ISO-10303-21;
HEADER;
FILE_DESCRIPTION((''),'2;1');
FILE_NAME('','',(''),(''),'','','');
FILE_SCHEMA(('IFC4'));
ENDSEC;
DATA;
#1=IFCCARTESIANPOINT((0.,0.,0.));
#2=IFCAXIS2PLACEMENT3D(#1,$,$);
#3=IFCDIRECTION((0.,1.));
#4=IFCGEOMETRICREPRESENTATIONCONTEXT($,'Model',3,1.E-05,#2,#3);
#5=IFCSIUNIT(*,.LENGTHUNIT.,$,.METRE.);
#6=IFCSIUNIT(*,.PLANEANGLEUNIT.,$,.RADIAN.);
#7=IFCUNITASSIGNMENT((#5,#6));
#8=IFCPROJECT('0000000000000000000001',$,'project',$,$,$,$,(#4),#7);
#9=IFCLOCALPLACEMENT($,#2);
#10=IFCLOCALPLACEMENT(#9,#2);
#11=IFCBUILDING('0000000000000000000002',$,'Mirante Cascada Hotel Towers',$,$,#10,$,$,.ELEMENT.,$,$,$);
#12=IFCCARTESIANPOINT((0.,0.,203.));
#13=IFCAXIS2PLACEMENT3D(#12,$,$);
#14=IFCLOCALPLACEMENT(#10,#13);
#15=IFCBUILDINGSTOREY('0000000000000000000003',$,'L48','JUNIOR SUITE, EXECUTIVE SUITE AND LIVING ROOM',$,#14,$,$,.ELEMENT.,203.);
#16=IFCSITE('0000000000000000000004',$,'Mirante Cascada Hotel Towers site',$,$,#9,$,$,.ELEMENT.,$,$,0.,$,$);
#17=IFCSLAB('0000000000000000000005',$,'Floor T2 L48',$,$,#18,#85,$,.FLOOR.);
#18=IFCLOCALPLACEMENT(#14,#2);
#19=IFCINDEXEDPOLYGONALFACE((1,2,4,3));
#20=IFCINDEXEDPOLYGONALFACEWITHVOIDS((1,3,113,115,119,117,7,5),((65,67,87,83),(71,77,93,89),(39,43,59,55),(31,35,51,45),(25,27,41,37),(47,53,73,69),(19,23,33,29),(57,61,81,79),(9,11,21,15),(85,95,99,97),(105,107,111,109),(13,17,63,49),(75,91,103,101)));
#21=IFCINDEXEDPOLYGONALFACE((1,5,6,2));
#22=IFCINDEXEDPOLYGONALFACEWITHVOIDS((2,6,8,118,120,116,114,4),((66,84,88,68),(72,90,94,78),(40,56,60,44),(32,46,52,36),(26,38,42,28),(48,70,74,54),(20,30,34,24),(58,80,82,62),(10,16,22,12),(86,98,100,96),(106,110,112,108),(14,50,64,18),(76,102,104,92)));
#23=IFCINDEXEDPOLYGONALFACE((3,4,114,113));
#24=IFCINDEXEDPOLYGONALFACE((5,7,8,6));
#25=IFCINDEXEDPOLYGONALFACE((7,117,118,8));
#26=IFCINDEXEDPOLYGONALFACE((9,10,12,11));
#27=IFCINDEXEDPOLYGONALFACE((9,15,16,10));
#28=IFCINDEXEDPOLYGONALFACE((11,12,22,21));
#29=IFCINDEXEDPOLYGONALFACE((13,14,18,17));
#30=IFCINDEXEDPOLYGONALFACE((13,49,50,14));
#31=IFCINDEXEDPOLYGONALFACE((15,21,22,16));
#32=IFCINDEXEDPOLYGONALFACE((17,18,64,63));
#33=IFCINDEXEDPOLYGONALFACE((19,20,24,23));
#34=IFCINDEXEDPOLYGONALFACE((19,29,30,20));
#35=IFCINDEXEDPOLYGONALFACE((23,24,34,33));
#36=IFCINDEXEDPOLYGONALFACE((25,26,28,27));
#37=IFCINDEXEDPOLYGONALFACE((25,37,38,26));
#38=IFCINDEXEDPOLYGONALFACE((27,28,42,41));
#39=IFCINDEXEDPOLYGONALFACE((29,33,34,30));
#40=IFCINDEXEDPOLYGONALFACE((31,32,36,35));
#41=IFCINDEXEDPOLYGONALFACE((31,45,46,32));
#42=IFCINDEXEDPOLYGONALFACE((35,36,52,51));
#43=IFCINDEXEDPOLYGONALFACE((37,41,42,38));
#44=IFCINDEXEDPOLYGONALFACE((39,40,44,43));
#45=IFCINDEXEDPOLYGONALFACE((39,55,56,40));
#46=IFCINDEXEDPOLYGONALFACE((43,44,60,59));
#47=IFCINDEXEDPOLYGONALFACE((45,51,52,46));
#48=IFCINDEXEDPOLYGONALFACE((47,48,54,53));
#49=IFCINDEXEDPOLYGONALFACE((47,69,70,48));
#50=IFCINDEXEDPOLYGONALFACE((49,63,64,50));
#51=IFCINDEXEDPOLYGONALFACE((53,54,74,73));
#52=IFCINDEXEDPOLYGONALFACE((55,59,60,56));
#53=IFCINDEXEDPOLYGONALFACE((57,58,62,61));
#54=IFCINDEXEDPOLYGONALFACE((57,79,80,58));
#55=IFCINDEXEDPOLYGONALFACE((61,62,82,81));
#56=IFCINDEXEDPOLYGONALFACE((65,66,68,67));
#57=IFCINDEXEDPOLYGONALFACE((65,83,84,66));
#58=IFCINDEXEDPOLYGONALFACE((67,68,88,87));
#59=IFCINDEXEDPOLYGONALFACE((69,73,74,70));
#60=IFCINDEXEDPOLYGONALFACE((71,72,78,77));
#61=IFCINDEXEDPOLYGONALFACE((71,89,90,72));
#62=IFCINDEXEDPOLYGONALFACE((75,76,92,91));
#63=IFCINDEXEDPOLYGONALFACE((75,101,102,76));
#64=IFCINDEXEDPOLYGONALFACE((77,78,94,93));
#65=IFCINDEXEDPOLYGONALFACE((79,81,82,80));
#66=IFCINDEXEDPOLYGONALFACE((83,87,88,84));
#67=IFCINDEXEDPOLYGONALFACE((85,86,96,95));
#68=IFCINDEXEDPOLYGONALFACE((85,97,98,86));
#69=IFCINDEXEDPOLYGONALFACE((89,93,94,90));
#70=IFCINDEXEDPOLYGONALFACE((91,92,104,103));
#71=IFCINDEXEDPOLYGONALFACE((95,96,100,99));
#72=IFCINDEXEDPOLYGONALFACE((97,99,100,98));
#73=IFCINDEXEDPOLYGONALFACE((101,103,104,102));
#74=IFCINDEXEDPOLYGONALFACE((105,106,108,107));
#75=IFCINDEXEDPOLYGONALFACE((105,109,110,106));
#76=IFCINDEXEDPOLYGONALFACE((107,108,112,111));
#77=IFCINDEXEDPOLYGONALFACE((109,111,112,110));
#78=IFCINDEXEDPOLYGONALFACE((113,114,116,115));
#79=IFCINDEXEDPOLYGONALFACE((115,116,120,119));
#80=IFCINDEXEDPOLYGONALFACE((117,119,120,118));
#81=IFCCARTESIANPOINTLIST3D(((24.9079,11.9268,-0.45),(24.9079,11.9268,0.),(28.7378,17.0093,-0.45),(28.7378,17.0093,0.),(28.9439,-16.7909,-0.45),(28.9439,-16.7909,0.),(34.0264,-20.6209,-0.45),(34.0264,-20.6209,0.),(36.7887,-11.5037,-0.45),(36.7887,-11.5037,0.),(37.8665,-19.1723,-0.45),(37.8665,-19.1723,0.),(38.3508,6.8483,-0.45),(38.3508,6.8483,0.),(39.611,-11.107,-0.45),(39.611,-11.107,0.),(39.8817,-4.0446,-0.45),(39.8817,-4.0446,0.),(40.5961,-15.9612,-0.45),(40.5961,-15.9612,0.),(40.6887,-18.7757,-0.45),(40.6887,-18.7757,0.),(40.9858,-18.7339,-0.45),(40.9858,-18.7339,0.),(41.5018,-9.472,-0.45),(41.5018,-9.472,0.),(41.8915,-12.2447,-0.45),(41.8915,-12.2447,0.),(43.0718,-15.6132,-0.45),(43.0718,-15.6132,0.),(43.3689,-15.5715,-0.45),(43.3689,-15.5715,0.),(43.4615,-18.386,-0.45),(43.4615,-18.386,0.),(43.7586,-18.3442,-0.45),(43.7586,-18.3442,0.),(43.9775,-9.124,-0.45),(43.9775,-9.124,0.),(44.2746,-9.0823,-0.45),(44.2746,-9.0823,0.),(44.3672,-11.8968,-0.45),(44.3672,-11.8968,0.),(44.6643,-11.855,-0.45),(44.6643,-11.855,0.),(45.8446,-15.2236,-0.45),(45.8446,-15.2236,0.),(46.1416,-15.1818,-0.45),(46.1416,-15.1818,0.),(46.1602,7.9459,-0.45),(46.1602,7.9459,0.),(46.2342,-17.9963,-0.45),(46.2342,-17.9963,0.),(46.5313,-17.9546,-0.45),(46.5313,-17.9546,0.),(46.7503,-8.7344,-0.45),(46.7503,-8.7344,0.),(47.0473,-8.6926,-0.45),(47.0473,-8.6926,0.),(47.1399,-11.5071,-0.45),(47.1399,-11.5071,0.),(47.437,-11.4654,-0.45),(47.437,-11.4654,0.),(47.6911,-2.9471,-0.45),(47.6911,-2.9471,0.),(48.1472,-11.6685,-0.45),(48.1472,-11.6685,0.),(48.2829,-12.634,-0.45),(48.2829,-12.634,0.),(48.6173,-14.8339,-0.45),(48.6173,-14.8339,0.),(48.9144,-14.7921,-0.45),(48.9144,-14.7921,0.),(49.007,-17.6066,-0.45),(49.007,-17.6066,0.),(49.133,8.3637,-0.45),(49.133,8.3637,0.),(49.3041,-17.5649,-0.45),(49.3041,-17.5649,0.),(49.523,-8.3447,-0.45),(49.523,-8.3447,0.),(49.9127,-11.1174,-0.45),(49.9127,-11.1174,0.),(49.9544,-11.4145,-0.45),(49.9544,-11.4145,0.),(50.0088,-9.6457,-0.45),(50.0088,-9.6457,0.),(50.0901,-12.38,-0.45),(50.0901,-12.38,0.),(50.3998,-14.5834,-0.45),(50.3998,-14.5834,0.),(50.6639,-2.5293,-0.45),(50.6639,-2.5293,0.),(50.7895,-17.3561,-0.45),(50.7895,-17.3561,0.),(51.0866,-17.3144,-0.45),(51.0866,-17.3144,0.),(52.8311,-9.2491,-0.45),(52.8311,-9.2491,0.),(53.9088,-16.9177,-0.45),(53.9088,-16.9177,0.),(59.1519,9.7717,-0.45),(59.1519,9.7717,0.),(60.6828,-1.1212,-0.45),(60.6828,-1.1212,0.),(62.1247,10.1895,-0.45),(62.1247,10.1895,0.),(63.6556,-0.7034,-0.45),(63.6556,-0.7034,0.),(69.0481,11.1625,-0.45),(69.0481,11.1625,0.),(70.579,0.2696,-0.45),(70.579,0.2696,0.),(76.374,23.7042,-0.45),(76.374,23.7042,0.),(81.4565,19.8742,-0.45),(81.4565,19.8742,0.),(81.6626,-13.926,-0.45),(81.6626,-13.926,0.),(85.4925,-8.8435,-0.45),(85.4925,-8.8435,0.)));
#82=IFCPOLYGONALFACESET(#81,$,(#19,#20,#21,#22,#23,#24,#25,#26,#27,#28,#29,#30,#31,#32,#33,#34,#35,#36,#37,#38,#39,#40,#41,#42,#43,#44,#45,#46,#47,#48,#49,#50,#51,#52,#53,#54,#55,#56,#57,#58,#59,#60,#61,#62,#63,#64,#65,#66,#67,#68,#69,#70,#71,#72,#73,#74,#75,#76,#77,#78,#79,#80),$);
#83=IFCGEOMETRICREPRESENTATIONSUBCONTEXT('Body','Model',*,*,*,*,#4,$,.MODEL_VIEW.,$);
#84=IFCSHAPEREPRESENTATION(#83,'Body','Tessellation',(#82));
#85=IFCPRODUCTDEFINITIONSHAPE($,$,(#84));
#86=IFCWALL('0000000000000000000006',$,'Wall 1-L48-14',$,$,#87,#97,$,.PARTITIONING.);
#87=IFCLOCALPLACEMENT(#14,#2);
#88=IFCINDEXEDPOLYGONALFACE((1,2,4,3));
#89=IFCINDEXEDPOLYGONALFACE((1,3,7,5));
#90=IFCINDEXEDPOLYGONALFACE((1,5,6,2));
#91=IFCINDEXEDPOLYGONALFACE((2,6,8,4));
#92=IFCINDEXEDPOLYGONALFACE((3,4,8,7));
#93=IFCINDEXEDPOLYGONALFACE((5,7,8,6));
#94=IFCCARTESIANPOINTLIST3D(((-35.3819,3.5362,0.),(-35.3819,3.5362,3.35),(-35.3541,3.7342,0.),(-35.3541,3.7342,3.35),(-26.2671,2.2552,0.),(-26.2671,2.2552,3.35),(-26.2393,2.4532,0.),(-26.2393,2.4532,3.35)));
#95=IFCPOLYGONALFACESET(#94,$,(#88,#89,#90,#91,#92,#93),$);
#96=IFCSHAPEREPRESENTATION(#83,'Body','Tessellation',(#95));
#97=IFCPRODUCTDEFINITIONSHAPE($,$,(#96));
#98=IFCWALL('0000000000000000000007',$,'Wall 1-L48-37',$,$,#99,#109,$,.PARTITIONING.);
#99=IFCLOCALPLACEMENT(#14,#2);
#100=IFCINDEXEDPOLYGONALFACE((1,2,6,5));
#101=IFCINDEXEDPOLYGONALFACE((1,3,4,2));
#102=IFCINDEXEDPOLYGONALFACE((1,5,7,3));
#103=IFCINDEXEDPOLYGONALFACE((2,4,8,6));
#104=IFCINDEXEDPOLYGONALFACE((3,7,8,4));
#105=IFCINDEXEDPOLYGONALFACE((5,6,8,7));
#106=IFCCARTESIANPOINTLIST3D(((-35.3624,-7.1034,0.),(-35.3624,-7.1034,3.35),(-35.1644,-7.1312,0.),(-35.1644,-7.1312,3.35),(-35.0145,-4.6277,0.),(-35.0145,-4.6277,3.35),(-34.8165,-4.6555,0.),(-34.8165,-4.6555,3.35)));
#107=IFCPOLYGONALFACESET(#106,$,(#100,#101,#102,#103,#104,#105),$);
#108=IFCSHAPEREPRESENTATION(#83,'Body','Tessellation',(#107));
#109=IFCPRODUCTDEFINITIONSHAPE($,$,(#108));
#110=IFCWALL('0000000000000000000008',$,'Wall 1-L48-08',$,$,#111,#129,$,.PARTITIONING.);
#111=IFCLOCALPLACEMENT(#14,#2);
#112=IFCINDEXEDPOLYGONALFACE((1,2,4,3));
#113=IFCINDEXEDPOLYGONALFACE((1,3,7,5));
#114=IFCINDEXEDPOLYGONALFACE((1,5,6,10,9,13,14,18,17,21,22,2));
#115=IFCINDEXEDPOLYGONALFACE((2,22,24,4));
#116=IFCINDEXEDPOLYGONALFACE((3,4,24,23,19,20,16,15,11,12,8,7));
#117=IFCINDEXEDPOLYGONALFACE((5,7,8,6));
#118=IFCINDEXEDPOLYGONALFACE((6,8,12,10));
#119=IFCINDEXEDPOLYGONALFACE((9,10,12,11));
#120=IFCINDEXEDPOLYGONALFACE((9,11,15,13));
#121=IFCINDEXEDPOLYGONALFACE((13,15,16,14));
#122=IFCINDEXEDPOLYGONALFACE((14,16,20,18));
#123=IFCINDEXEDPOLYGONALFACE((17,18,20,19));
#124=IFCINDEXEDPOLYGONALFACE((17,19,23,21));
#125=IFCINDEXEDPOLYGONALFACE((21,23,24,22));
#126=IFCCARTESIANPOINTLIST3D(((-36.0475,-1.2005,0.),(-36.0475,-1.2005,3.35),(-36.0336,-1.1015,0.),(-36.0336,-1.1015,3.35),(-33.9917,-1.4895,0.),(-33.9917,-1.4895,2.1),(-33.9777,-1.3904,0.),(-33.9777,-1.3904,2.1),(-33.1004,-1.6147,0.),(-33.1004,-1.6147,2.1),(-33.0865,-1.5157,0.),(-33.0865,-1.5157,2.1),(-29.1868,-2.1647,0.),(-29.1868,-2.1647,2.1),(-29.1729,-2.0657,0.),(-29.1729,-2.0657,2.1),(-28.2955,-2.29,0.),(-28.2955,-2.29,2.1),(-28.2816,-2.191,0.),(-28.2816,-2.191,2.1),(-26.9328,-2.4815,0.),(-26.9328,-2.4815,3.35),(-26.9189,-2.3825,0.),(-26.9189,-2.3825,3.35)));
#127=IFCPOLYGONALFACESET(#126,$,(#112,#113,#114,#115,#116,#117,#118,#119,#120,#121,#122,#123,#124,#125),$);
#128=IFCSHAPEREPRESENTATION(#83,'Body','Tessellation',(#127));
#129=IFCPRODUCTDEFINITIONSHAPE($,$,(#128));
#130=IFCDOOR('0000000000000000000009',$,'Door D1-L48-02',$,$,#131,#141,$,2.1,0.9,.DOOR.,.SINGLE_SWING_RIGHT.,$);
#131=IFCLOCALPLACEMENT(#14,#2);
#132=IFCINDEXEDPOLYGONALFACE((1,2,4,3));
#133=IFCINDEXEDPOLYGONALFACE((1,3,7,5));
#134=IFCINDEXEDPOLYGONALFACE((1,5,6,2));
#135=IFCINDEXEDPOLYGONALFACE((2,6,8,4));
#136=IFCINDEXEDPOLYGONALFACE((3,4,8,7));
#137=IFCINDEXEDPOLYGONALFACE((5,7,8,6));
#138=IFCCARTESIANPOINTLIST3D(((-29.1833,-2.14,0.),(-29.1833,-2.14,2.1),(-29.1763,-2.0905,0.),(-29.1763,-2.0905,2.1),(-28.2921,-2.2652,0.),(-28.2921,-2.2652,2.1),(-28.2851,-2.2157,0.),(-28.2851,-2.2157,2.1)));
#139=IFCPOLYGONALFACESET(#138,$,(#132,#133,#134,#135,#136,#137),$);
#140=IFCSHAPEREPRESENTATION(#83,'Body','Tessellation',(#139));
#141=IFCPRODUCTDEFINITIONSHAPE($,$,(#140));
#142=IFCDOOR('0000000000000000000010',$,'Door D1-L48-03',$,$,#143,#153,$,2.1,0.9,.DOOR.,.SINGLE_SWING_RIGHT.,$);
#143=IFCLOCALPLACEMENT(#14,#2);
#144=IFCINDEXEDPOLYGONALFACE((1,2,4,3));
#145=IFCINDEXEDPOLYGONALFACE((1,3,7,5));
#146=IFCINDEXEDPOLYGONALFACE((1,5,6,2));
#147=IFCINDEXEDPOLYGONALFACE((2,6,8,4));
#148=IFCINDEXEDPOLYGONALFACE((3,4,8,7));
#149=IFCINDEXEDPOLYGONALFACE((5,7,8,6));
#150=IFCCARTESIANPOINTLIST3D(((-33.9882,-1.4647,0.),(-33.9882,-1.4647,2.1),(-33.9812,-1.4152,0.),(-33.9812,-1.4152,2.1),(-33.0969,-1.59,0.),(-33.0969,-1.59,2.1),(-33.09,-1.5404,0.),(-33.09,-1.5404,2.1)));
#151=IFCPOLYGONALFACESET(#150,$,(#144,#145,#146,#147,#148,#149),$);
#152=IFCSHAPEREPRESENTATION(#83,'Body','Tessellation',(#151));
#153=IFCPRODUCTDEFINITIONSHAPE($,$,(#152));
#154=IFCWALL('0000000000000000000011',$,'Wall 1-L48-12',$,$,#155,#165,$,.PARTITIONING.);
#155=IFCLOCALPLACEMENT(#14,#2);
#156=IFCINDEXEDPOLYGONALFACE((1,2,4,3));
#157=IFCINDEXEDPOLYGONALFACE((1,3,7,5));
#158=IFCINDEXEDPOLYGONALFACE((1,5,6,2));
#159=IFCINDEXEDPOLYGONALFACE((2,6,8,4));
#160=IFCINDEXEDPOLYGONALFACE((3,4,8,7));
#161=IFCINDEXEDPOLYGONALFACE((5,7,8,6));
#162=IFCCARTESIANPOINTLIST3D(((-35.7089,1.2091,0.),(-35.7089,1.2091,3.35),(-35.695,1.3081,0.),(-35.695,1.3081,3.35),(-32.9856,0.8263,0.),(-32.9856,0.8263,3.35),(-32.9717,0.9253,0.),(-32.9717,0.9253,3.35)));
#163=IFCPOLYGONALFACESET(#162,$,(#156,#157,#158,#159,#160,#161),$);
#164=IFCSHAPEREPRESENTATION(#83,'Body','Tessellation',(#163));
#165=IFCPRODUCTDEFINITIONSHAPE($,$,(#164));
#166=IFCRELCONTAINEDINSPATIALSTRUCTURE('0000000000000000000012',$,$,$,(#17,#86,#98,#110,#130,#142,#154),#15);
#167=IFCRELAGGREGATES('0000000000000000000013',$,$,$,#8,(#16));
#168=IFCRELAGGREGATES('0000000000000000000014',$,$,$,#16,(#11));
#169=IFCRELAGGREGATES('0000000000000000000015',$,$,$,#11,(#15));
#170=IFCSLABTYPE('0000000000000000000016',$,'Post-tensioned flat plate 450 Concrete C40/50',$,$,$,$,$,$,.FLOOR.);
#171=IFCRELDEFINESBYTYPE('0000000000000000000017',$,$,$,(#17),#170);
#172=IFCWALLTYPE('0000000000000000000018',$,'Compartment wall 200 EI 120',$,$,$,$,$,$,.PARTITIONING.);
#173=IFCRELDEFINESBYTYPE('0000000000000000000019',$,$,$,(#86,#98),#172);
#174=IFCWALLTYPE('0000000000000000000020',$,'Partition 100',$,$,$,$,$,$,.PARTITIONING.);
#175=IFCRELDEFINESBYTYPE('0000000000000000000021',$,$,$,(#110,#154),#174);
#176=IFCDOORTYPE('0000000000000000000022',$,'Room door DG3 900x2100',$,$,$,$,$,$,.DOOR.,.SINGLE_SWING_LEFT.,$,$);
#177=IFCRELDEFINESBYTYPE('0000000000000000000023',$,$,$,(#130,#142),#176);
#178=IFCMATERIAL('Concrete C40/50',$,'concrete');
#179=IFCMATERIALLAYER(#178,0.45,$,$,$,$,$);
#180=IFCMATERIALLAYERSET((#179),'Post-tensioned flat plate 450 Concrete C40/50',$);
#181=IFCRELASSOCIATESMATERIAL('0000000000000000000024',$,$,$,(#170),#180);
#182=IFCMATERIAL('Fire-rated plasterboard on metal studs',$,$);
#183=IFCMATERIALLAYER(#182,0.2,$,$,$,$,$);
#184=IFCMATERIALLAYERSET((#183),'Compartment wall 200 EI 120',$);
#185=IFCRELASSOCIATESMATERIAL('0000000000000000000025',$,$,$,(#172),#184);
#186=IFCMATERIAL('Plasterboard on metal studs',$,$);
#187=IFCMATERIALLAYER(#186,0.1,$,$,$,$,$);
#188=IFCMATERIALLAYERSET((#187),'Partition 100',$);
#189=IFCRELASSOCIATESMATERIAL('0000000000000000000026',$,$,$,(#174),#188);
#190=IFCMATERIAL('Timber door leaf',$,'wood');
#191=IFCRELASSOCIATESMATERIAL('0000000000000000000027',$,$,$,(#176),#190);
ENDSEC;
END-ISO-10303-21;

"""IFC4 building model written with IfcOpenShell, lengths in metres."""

from ifc_helpers import new_model, si_unit, direction, frame, frame_2d, origin, place, context, subcontext, project, spatial, polyline, rectangle, outline, extrude, material, layer, layer_set, type_object, element, fill, save


model = new_model("IFC4")

# Units and contexts
model_context = context("Model", 3, precision=1e-05, world=origin(), true_north=direction((0.0, 1.0)))
body_context = subcontext(model_context, "Body", "Model", "MODEL_VIEW")
ifc_project = project(units=[si_unit("LENGTHUNIT", "METRE"), si_unit("PLANEANGLEUNIT", "RADIAN")], contexts=[model_context])

# Site, building, storey
site_placement = place(None, origin())
site = spatial("IfcSite", under=ifc_project, at=site_placement, Name="Mirante Cascada Hotel Towers site", CompositionType="ELEMENT", RefElevation=0.0)
building_placement = place(site_placement, origin())
building = spatial("IfcBuilding", under=site, at=building_placement, Name="Mirante Cascada Hotel Towers", CompositionType="ELEMENT")
storey_placement = place(building_placement, frame((0.0, 0.0, 203.0)))
storey = spatial("IfcBuildingStorey", under=building, at=storey_placement, Name="L48", Description="JUNIOR SUITE, EXECUTIVE SUITE AND LIVING ROOM", CompositionType="ELEMENT", Elevation=203.0)

# Slab
ifc_material_1 = material(Name="Concrete C40/50", Category="concrete")
ifc_layer_1 = layer(ifc_material_1, 0.45)
ifc_layer_set_1 = layer_set([ifc_layer_1], Name="Post-tensioned flat plate 450 Concrete C40/50")
slab_type = type_object("IfcSlabType", Name="Post-tensioned flat plate 450 Concrete C40/50", PredefinedType="FLOOR", material=ifc_layer_set_1)
slab_1_placement = place(storey_placement, frame((0.0, 0.0, -0.45)))
element("IfcSlab", 1, at=slab_1_placement, inside=storey, type_object=slab_type, Name="Floor T2 L48", PredefinedType="FLOOR", context=body_context, shape_type="SweptSolid", body=[
    extrude(outline(polyline([(28.9439, -16.7909), (24.9079, 11.9268), (28.7378, 17.0093), (76.374, 23.7042), (81.4565, 19.8742), (85.4925, -8.8435), (81.6626, -13.926), (34.0264, -20.6209), (28.9439, -16.7909)]), holes=[polyline([(40.5961, -15.9612), (40.9858, -18.7339), (43.4615, -18.386), (43.0718, -15.6132), (40.5961, -15.9612)]), polyline([(43.3689, -15.5715), (43.7586, -18.3442), (46.2342, -17.9963), (45.8446, -15.2236), (43.3689, -15.5715)]), polyline([(46.1416, -15.1818), (46.5313, -17.9546), (49.007, -17.6066), (48.6173, -14.8339), (46.1416, -15.1818)]), polyline([(37.8665, -19.1723), (40.6887, -18.7757), (39.611, -11.107), (36.7887, -11.5037), (37.8665, -19.1723)]), polyline([(43.9775, -9.124), (41.5018, -9.472), (41.8915, -12.2447), (44.3672, -11.8968), (43.9775, -9.124)]), polyline([(44.2746, -9.0823), (44.6643, -11.855), (47.1399, -11.5071), (46.7503, -8.7344), (44.2746, -9.0823)]), polyline([(50.3998, -14.5834), (48.9144, -14.7921), (49.3041, -17.5649), (50.7895, -17.3561), (50.3998, -14.5834)]), polyline([(51.0866, -17.3144), (53.9088, -16.9177), (52.8311, -9.2491), (50.0088, -9.6457), (51.0866, -17.3144)]), polyline([(48.1472, -11.6685), (48.2829, -12.634), (50.0901, -12.38), (49.9544, -11.4145), (48.1472, -11.6685)]), polyline([(49.523, -8.3447), (47.0473, -8.6926), (47.437, -11.4654), (49.9127, -11.1174), (49.523, -8.3447)]), polyline([(69.0481, 11.1625), (70.579, 0.2696), (63.6556, -0.7034), (63.6556, -0.7034), (62.1247, 10.1895), (62.1247, 10.1895), (69.0481, 11.1625)]), polyline([(59.1519, 9.7717), (59.1519, 9.7717), (60.6828, -1.1212), (60.6828, -1.1212), (50.6639, -2.5293), (50.6639, -2.5293), (49.133, 8.3637), (59.1519, 9.7717)]), polyline([(46.1602, 7.9459), (47.6911, -2.9471), (47.6911, -2.9471), (39.8817, -4.0446), (39.8817, -4.0446), (38.3508, 6.8483), (46.1602, 7.9459)])]), origin(), (0.0, 0.0, 1.0), 0.45),
])

# Walls
ifc_material_2 = material(Name="Fire-rated plasterboard on metal studs")
ifc_layer_2 = layer(ifc_material_2, 0.2)
ifc_layer_set_2 = layer_set([ifc_layer_2], Name="Compartment wall 200 EI 120")
wall_type_1 = type_object("IfcWallType", Name="Compartment wall 200 EI 120", PredefinedType="PARTITIONING", material=ifc_layer_set_2)
wall_1_placement = place(storey_placement, frame((-35.368, 3.6352, 0.0), z_axis=(0.0, 0.0, 1.0), x_axis=(0.990268, -0.139173, 0.0)))
element("IfcWall", 2, at=wall_1_placement, inside=storey, type_object=wall_type_1, Name="Wall 1-L48-14", PredefinedType="PARTITIONING", context=body_context, shape_type="SweptSolid", body=[
    extrude(rectangle(XDim=9.2044, YDim=0.2, at=frame_2d((4.6022, 0.0))), origin(), (0.0, 0.0, 1.0), 3.35),
])
wall_2_placement = place(storey_placement, frame((-35.2634, -7.1173, 0.0), z_axis=(0.0, 0.0, 1.0), x_axis=(0.139159, 0.99027, 0.0)))
element("IfcWall", 3, at=wall_2_placement, inside=storey, type_object=wall_type_1, Name="Wall 1-L48-37", PredefinedType="PARTITIONING", context=body_context, shape_type="SweptSolid", body=[
    extrude(rectangle(XDim=2.5, YDim=0.2, at=frame_2d((1.25, 0.0))), origin(), (0.0, 0.0, 1.0), 3.35),
])

# Wall, openings, doors
ifc_material_3 = material(Name="Plasterboard on metal studs")
ifc_layer_3 = layer(ifc_material_3, 0.1)
ifc_layer_set_3 = layer_set([ifc_layer_3], Name="Partition 100")
wall_type_2 = type_object("IfcWallType", Name="Partition 100", PredefinedType="PARTITIONING", material=ifc_layer_set_3)
wall_3_placement = place(storey_placement, frame((-36.0406, -1.151, 0.0), z_axis=(0.0, 0.0, 1.0), x_axis=(0.990268, -0.139174, 0.0)))
wall_3 = element("IfcWall", 4, at=wall_3_placement, inside=storey, type_object=wall_type_2, Name="Wall 1-L48-08", PredefinedType="PARTITIONING", context=body_context, shape_type="SweptSolid", body=[
    extrude(rectangle(XDim=9.2043, YDim=0.1, at=frame_2d((4.6022, 0.0))), origin(), (0.0, 0.0, 1.0), 3.35),
])
opening_1_placement = place(wall_3_placement, frame((6.9282, 0.0, 0.0)))
opening_1 = element("IfcOpeningElement", 5, at=opening_1_placement, cuts=wall_3, PredefinedType="OPENING", context=body_context, shape_type="SweptSolid", body=[
    extrude(rectangle(XDim=0.9, YDim=2.1, at=frame_2d((0.45, 1.05))), frame((0.0, 0.05, 0.0), z_axis=(0.0, -1.0, 0.0), x_axis=(1.0, 0.0, 0.0)), (0.0, 0.0, 1.0), 0.1),
])
opening_2_placement = place(wall_3_placement, frame((2.0761, 0.0, 0.0)))
opening_2 = element("IfcOpeningElement", 6, at=opening_2_placement, cuts=wall_3, PredefinedType="OPENING", context=body_context, shape_type="SweptSolid", body=[
    extrude(rectangle(XDim=0.9, YDim=2.1, at=frame_2d((0.45, 1.05))), frame((0.0, 0.05, 0.0), z_axis=(0.0, -1.0, 0.0), x_axis=(1.0, 0.0, 0.0)), (0.0, 0.0, 1.0), 0.1),
])
ifc_material_4 = material(Name="Timber door leaf", Category="wood")
door_type_1 = type_object("IfcDoorType", Name="Room door DG3 900x2100", OperationType="SINGLE_SWING_LEFT", PredefinedType="DOOR", material=ifc_material_4)
door_1_placement = place(opening_1_placement, frame((0.9, 0.0, 0.0), z_axis=(0.0, 0.0, 1.0), x_axis=(-1.0, 0.0, 0.0)))
door_1 = element("IfcDoor", 7, at=door_1_placement, inside=storey, type_object=door_type_1, Name="Door D1-L48-02", OperationType="SINGLE_SWING_RIGHT", OverallHeight=2.1, OverallWidth=0.9, PredefinedType="DOOR", context=body_context, shape_type="SweptSolid", body=[
    extrude(rectangle(XDim=0.9, YDim=2.1, at=frame_2d((0.45, 1.05))), frame((0.0, 0.025, 0.0), z_axis=(0.0, -1.0, 0.0), x_axis=(1.0, 0.0, 0.0)), (0.0, 0.0, 1.0), 0.05),
])
fill(opening_1, door_1)
door_2_placement = place(opening_2_placement, frame((0.9, 0.0, 0.0), z_axis=(0.0, 0.0, 1.0), x_axis=(-1.0, 0.0, 0.0)))
door_2 = element("IfcDoor", 8, at=door_2_placement, inside=storey, type_object=door_type_1, Name="Door D1-L48-03", OperationType="SINGLE_SWING_RIGHT", OverallHeight=2.1, OverallWidth=0.9, PredefinedType="DOOR", context=body_context, shape_type="SweptSolid", body=[
    extrude(rectangle(XDim=0.9, YDim=2.1, at=frame_2d((0.45, 1.05))), frame((0.0, 0.025, 0.0), z_axis=(0.0, -1.0, 0.0), x_axis=(1.0, 0.0, 0.0)), (0.0, 0.0, 1.0), 0.05),
])
fill(opening_2, door_2)

# Wall
wall_4_placement = place(storey_placement, frame((-35.702, 1.2586, 0.0), z_axis=(0.0, 0.0, 1.0), x_axis=(0.990265, -0.139196, 0.0)))
element("IfcWall", 9, at=wall_4_placement, inside=storey, type_object=wall_type_2, Name="Wall 1-L48-12", PredefinedType="PARTITIONING", context=body_context, shape_type="SweptSolid", body=[
    extrude(rectangle(XDim=2.7501, YDim=0.1, at=frame_2d((1.3751, 0.0))), origin(), (0.0, 0.0, 1.0), 3.35),
])

save(model, "model.ifc")
